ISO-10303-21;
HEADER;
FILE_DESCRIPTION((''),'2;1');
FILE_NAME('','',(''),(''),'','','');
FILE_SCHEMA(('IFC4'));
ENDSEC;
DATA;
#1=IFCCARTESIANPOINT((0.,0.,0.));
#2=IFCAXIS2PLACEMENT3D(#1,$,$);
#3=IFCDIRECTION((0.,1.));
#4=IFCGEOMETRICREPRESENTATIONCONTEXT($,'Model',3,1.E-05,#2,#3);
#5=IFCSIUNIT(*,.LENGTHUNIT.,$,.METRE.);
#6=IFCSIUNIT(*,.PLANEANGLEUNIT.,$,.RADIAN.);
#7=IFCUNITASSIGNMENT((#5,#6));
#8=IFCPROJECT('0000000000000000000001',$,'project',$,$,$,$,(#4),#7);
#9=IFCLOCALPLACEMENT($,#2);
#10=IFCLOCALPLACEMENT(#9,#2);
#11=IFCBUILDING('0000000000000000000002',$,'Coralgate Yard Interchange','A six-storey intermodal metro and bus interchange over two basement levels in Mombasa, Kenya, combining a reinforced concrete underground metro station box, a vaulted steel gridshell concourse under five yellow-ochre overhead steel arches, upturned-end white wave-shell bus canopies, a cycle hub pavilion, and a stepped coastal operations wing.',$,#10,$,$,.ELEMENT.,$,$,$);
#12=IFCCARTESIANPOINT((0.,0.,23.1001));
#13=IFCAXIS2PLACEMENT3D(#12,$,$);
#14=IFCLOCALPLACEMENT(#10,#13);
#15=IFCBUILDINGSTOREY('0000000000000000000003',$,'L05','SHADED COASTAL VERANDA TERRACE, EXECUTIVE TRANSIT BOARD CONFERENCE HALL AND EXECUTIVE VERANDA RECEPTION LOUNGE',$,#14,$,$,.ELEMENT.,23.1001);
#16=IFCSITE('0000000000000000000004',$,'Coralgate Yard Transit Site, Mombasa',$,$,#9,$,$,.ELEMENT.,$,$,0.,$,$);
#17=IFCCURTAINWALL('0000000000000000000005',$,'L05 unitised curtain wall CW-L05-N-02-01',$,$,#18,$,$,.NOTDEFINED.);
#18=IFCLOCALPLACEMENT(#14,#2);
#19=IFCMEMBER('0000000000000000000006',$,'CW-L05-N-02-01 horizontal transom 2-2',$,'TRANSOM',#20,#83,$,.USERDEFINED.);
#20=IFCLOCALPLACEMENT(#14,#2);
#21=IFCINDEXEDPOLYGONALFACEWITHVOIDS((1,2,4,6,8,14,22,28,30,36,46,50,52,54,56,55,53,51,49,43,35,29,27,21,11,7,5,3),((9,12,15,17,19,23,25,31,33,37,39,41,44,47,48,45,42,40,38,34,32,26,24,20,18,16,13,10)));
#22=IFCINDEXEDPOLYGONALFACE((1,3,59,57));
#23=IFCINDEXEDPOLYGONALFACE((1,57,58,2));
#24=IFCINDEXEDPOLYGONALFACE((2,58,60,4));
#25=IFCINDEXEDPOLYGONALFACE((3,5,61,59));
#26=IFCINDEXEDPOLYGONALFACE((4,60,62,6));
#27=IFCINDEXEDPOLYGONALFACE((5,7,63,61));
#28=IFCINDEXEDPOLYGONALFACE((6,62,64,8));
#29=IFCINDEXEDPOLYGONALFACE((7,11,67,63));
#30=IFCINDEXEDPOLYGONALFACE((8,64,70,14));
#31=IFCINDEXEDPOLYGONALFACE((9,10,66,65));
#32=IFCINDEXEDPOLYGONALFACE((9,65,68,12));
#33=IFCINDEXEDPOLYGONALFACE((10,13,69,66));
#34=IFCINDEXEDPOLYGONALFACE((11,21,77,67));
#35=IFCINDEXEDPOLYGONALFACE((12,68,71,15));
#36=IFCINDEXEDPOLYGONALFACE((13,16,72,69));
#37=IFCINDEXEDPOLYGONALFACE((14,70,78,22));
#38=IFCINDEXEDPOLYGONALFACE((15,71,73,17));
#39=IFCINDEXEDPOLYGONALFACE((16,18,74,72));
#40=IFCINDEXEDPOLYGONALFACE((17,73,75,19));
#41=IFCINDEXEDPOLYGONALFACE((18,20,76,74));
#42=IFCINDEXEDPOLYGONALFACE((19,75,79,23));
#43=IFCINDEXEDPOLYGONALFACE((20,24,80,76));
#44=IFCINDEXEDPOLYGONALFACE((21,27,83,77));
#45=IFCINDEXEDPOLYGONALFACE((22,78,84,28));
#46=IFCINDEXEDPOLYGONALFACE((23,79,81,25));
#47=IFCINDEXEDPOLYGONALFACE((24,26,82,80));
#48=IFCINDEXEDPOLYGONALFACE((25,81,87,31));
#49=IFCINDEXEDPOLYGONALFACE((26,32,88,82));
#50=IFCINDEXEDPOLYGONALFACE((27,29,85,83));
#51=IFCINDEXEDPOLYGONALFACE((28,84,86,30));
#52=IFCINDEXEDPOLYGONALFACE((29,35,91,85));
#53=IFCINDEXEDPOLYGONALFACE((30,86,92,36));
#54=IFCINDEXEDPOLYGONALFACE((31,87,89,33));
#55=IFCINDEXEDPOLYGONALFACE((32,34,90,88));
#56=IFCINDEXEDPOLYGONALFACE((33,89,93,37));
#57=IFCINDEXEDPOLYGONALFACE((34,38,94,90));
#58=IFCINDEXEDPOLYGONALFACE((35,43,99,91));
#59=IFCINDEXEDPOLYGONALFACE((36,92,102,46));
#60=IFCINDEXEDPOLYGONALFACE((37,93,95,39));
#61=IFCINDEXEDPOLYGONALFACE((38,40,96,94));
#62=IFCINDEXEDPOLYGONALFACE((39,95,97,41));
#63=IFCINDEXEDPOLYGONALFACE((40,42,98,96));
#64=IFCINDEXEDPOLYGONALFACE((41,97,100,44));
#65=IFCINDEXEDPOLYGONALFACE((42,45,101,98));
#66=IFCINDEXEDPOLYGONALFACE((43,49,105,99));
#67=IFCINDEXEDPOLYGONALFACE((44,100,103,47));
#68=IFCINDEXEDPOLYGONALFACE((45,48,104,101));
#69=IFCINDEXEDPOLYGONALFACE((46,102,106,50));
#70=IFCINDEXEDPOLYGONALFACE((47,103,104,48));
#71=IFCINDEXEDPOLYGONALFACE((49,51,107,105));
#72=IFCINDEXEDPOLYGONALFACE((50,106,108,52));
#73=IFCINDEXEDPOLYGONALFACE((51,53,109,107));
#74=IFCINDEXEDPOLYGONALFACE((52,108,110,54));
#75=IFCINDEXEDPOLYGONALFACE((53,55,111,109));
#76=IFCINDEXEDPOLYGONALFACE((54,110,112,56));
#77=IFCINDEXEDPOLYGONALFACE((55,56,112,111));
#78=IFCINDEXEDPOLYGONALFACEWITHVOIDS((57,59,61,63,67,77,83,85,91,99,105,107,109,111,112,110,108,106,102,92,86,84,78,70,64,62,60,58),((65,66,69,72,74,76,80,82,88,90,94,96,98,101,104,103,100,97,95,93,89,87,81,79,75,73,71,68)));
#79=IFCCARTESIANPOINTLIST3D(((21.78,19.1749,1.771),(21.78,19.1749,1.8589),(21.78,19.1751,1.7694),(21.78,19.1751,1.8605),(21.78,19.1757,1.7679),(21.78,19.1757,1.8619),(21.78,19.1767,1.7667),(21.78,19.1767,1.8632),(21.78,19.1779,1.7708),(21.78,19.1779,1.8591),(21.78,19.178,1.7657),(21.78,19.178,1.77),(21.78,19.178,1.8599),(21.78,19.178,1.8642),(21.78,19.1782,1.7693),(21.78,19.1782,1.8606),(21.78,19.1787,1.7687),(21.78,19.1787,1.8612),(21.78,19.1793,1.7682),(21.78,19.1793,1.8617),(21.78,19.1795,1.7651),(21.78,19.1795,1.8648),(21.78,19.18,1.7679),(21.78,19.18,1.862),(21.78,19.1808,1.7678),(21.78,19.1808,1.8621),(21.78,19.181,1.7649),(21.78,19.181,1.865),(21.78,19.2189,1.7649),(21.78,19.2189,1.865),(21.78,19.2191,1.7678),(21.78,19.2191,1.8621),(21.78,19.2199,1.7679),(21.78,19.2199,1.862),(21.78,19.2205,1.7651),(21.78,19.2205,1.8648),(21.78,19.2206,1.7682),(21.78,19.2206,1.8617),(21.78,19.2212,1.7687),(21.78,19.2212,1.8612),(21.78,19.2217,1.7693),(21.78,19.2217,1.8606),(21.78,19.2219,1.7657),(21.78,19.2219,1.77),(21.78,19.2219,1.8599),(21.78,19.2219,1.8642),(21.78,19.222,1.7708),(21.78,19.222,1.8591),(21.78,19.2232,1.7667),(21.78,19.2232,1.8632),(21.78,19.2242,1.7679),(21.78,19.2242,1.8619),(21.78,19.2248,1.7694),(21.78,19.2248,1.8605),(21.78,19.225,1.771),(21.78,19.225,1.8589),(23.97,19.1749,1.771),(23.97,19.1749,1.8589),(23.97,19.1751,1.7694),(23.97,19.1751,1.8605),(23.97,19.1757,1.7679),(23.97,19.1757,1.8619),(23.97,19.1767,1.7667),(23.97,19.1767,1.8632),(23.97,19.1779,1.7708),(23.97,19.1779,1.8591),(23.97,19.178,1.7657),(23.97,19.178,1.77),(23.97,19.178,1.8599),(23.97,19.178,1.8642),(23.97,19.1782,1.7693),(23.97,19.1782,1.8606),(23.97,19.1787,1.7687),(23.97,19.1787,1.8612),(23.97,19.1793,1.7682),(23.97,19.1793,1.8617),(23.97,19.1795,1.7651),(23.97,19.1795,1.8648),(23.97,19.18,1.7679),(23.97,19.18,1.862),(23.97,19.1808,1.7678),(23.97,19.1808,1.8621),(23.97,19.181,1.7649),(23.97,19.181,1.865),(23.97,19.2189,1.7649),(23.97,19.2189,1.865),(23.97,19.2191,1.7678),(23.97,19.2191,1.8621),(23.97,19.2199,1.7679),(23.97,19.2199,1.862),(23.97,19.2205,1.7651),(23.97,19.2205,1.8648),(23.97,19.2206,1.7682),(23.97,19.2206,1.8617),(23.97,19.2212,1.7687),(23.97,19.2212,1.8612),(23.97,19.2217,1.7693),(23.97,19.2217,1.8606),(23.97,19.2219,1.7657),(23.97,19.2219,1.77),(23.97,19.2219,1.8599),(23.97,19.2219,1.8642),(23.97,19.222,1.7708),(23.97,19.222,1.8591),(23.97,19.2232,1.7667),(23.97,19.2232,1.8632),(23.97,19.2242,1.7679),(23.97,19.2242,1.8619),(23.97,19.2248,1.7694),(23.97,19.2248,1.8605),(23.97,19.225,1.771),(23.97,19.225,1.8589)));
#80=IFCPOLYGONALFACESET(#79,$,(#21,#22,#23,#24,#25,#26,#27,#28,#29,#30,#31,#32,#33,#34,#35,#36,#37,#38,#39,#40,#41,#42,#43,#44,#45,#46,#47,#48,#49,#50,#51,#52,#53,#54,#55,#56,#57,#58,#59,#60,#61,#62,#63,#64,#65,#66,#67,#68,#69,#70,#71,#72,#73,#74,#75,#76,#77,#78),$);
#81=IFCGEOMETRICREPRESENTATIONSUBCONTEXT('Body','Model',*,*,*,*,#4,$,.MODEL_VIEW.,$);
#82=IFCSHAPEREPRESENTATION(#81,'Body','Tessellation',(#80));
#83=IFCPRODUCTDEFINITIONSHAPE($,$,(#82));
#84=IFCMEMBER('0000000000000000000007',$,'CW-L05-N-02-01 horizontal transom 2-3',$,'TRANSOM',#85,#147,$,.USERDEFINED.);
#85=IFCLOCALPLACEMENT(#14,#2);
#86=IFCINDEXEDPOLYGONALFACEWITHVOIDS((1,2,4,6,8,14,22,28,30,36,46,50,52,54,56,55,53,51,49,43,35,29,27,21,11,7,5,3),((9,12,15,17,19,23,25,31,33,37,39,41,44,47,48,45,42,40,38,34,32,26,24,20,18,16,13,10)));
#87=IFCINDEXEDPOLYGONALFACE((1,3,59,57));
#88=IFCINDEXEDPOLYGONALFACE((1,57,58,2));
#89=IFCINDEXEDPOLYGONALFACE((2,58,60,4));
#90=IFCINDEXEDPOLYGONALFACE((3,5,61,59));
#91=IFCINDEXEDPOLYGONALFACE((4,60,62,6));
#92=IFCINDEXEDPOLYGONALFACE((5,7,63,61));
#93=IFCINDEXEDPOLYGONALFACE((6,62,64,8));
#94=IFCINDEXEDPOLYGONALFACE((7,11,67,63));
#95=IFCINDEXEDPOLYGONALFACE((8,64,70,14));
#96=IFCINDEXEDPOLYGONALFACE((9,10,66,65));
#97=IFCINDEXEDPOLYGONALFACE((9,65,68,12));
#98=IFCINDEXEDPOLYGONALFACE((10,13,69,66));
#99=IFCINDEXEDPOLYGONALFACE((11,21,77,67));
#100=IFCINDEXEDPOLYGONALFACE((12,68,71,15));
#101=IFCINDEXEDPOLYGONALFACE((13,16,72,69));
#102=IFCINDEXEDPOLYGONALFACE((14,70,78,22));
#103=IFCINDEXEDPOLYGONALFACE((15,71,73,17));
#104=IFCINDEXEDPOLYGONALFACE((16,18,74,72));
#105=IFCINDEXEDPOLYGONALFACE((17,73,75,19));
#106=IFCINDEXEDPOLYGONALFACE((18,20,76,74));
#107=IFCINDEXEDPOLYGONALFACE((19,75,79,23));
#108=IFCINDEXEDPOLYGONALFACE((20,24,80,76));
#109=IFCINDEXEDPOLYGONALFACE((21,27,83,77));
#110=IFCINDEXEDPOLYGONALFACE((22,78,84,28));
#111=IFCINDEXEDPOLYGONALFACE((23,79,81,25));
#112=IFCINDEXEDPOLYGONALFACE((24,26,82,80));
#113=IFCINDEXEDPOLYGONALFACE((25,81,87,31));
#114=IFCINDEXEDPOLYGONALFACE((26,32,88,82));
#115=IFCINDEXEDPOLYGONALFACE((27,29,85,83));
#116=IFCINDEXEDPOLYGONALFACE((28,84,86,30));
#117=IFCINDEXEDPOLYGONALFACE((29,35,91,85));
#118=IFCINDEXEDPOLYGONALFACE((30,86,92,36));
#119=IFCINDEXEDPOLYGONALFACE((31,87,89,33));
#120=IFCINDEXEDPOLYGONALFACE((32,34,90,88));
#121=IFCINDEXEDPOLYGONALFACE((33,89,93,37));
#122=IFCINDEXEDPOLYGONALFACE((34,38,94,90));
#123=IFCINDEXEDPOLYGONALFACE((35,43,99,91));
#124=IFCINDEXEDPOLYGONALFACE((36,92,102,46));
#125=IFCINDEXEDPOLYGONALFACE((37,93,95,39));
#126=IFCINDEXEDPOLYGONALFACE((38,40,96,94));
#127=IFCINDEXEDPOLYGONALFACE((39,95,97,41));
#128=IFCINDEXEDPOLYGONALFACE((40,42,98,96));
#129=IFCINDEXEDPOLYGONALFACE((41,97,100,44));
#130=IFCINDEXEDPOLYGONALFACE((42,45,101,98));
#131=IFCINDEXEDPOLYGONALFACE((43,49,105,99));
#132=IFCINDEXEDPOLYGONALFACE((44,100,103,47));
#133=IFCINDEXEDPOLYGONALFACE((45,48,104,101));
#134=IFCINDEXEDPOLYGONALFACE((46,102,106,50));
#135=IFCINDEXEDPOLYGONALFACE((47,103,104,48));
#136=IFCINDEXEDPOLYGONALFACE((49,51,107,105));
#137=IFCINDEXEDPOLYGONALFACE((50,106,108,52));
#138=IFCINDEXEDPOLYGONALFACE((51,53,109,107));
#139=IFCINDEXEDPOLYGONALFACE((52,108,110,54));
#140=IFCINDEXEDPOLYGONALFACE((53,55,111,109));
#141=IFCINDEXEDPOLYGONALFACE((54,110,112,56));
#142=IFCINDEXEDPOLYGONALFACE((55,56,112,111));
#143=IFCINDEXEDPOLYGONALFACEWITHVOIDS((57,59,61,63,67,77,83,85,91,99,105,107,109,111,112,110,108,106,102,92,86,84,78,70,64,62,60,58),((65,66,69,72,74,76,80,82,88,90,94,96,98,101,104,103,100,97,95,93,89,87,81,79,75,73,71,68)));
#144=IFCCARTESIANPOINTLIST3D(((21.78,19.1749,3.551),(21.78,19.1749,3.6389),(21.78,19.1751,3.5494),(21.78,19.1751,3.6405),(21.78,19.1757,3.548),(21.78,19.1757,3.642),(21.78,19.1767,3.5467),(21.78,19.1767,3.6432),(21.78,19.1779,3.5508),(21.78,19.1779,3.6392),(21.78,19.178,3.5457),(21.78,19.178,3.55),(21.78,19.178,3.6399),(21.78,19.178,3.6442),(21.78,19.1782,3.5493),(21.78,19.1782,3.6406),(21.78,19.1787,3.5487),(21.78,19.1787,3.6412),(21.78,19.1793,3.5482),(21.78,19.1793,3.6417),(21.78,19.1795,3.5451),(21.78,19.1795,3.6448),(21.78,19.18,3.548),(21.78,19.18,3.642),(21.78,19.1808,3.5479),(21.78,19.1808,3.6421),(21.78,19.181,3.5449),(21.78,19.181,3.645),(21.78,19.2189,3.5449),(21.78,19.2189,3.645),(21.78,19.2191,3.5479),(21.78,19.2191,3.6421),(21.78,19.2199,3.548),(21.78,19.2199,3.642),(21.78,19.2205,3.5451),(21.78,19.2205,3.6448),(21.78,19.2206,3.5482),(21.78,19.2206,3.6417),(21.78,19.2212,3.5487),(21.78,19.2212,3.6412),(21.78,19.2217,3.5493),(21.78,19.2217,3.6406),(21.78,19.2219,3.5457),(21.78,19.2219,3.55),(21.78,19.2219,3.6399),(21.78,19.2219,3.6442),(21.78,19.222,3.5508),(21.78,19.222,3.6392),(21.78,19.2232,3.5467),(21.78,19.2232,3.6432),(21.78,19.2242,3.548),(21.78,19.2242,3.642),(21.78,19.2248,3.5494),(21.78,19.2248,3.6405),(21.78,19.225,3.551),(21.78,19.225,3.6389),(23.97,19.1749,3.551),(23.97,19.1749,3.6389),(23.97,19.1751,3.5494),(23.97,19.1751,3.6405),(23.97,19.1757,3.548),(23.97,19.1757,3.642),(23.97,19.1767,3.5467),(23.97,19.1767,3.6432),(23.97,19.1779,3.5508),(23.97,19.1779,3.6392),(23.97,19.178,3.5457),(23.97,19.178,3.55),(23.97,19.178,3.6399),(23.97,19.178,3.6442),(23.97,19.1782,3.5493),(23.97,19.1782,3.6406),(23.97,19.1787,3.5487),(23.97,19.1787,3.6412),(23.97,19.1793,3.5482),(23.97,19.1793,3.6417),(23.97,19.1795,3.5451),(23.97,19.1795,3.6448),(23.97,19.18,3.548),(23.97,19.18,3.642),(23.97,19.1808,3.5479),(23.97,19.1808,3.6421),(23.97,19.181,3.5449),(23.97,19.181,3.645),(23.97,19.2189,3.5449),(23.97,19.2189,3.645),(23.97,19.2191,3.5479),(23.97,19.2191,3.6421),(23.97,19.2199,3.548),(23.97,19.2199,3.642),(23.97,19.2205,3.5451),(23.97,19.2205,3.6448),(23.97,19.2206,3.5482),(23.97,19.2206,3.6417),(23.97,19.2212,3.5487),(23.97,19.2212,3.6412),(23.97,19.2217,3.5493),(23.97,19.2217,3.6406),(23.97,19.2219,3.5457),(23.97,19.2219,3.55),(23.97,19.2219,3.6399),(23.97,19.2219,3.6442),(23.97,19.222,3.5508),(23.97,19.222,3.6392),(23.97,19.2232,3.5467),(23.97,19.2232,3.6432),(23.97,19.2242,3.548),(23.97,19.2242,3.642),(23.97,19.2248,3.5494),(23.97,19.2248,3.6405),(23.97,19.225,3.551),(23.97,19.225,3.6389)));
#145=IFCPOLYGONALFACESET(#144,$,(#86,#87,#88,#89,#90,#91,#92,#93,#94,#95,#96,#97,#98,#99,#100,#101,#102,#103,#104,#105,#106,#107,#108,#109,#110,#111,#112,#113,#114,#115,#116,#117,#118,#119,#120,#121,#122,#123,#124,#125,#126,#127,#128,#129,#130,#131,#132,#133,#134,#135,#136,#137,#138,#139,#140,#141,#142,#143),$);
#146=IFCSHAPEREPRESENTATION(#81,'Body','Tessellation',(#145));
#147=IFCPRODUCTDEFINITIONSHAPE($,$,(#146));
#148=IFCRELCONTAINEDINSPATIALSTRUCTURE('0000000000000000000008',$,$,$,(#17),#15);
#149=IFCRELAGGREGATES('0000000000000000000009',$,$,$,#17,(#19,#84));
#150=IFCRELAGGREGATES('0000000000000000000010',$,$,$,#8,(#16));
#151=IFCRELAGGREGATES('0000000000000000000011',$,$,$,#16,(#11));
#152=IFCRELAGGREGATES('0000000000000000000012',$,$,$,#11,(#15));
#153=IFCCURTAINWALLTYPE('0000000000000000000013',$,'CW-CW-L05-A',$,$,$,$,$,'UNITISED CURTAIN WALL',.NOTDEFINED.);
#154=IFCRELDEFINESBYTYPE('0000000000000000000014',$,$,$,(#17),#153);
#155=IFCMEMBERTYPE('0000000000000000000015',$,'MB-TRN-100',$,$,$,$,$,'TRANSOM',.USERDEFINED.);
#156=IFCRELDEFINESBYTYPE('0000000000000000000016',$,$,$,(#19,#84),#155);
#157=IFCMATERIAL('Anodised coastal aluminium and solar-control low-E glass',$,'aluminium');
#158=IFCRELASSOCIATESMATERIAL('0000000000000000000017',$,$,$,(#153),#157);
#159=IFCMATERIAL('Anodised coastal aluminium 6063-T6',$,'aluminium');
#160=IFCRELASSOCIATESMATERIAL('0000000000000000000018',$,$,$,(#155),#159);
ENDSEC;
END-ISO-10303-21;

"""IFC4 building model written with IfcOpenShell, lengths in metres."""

from ifc_helpers import new_model, si_unit, direction, frame, origin, origin_2d, place, context, subcontext, project, spatial, hollow_rectangle, extrude, material, material_profile, profile_set, type_object, element, aggregate, save


model = new_model("IFC4")

# Units and contexts
model_context = context("Model", 3, precision=1e-05, world=origin(), true_north=direction((0.0, 1.0)))
body_context = subcontext(model_context, "Body", "Model", "MODEL_VIEW")
ifc_project = project(units=[si_unit("LENGTHUNIT", "METRE"), si_unit("PLANEANGLEUNIT", "RADIAN")], contexts=[model_context])

# Site, building, storey
site_placement = place(None, origin())
site = spatial("IfcSite", under=ifc_project, at=site_placement, Name="Coralgate Yard Transit Site, Mombasa", CompositionType="ELEMENT", RefElevation=0.0)
building_placement = place(site_placement, origin())
building = spatial("IfcBuilding", under=site, at=building_placement, Name="Coralgate Yard Interchange", Description="A six-storey intermodal metro and bus interchange over two basement levels in Mombasa, Kenya, combining a reinforced concrete underground metro station box, a vaulted steel gridshell concourse under five yellow-ochre overhead steel arches, upturned-end white wave-shell bus canopies, a cycle hub pavilion, and a stepped coastal operations wing.", CompositionType="ELEMENT")
storey_placement = place(building_placement, frame((0.0, 0.0, 23.1001)))
storey = spatial("IfcBuildingStorey", under=building, at=storey_placement, Name="L05", Description="SHADED COASTAL VERANDA TERRACE, EXECUTIVE TRANSIT BOARD CONFERENCE HALL AND EXECUTIVE VERANDA RECEPTION LOUNGE", CompositionType="ELEMENT", Elevation=23.1001)

# Curtain wall
ifc_material_1 = material(Name="Anodised coastal aluminium and solar-control low-E glass", Category="aluminium")
curtain_wall_type = type_object("IfcCurtainWallType", Name="CW-CW-L05-A", ElementType="UNITISED CURTAIN WALL", PredefinedType="NOTDEFINED", material=ifc_material_1)
curtain_wall_1_placement = place(storey_placement, origin())
curtain_wall_1 = element("IfcCurtainWall", 1, at=curtain_wall_1_placement, inside=storey, type_object=curtain_wall_type, Name="L05 unitised curtain wall CW-L05-N-02-01", PredefinedType="NOTDEFINED")
ifc_material_2 = material(Name="Anodised coastal aluminium 6063-T6", Category="aluminium")
ifc_material_profile_1 = material_profile(ifc_material_2, hollow_rectangle(XDim=0.05, YDim=0.1001, WallThickness=0.0029, InnerFilletRadius=0.0029, OuterFilletRadius=0.0061, at=origin_2d()), Name="ALU 50x100x3")
ifc_profile_set_1 = profile_set([ifc_material_profile_1], Name="Anodised coastal aluminium 6063-T6")
member_type_1 = type_object("IfcMemberType", Name="MB-TRN-100", ElementType="TRANSOM", PredefinedType="USERDEFINED", material=ifc_profile_set_1)

# Members
member_1_placement = place(storey_placement, frame((21.78, 19.2, 1.8149), z_axis=(1.0, 0.0, 0.0), x_axis=(0.0, 1.0, 0.0)))
member_1 = element("IfcMember", 2, at=member_1_placement, type_object=member_type_1, Name="CW-L05-N-02-01 horizontal transom 2-2", ObjectType="TRANSOM", PredefinedType="USERDEFINED", context=body_context, shape_type="SweptSolid", body=[
    extrude(hollow_rectangle(XDim=0.05, YDim=0.1001, WallThickness=0.0029, InnerFilletRadius=0.0029, OuterFilletRadius=0.0061, at=origin_2d()), origin(), (0.0, 0.0, 1.0), 2.1899),
])
member_2_placement = place(storey_placement, frame((21.78, 19.2, 3.595), z_axis=(1.0, 0.0, 0.0), x_axis=(0.0, 1.0, 0.0)))
member_2 = element("IfcMember", 3, at=member_2_placement, type_object=member_type_1, Name="CW-L05-N-02-01 horizontal transom 2-3", ObjectType="TRANSOM", PredefinedType="USERDEFINED", context=body_context, shape_type="SweptSolid", body=[
    extrude(hollow_rectangle(XDim=0.05, YDim=0.1001, WallThickness=0.0029, InnerFilletRadius=0.0029, OuterFilletRadius=0.0061, at=origin_2d()), origin(), (0.0, 0.0, 1.0), 2.1899),
])

aggregate(curtain_wall_1, [member_1, member_2])

save(model, "model.ifc")
